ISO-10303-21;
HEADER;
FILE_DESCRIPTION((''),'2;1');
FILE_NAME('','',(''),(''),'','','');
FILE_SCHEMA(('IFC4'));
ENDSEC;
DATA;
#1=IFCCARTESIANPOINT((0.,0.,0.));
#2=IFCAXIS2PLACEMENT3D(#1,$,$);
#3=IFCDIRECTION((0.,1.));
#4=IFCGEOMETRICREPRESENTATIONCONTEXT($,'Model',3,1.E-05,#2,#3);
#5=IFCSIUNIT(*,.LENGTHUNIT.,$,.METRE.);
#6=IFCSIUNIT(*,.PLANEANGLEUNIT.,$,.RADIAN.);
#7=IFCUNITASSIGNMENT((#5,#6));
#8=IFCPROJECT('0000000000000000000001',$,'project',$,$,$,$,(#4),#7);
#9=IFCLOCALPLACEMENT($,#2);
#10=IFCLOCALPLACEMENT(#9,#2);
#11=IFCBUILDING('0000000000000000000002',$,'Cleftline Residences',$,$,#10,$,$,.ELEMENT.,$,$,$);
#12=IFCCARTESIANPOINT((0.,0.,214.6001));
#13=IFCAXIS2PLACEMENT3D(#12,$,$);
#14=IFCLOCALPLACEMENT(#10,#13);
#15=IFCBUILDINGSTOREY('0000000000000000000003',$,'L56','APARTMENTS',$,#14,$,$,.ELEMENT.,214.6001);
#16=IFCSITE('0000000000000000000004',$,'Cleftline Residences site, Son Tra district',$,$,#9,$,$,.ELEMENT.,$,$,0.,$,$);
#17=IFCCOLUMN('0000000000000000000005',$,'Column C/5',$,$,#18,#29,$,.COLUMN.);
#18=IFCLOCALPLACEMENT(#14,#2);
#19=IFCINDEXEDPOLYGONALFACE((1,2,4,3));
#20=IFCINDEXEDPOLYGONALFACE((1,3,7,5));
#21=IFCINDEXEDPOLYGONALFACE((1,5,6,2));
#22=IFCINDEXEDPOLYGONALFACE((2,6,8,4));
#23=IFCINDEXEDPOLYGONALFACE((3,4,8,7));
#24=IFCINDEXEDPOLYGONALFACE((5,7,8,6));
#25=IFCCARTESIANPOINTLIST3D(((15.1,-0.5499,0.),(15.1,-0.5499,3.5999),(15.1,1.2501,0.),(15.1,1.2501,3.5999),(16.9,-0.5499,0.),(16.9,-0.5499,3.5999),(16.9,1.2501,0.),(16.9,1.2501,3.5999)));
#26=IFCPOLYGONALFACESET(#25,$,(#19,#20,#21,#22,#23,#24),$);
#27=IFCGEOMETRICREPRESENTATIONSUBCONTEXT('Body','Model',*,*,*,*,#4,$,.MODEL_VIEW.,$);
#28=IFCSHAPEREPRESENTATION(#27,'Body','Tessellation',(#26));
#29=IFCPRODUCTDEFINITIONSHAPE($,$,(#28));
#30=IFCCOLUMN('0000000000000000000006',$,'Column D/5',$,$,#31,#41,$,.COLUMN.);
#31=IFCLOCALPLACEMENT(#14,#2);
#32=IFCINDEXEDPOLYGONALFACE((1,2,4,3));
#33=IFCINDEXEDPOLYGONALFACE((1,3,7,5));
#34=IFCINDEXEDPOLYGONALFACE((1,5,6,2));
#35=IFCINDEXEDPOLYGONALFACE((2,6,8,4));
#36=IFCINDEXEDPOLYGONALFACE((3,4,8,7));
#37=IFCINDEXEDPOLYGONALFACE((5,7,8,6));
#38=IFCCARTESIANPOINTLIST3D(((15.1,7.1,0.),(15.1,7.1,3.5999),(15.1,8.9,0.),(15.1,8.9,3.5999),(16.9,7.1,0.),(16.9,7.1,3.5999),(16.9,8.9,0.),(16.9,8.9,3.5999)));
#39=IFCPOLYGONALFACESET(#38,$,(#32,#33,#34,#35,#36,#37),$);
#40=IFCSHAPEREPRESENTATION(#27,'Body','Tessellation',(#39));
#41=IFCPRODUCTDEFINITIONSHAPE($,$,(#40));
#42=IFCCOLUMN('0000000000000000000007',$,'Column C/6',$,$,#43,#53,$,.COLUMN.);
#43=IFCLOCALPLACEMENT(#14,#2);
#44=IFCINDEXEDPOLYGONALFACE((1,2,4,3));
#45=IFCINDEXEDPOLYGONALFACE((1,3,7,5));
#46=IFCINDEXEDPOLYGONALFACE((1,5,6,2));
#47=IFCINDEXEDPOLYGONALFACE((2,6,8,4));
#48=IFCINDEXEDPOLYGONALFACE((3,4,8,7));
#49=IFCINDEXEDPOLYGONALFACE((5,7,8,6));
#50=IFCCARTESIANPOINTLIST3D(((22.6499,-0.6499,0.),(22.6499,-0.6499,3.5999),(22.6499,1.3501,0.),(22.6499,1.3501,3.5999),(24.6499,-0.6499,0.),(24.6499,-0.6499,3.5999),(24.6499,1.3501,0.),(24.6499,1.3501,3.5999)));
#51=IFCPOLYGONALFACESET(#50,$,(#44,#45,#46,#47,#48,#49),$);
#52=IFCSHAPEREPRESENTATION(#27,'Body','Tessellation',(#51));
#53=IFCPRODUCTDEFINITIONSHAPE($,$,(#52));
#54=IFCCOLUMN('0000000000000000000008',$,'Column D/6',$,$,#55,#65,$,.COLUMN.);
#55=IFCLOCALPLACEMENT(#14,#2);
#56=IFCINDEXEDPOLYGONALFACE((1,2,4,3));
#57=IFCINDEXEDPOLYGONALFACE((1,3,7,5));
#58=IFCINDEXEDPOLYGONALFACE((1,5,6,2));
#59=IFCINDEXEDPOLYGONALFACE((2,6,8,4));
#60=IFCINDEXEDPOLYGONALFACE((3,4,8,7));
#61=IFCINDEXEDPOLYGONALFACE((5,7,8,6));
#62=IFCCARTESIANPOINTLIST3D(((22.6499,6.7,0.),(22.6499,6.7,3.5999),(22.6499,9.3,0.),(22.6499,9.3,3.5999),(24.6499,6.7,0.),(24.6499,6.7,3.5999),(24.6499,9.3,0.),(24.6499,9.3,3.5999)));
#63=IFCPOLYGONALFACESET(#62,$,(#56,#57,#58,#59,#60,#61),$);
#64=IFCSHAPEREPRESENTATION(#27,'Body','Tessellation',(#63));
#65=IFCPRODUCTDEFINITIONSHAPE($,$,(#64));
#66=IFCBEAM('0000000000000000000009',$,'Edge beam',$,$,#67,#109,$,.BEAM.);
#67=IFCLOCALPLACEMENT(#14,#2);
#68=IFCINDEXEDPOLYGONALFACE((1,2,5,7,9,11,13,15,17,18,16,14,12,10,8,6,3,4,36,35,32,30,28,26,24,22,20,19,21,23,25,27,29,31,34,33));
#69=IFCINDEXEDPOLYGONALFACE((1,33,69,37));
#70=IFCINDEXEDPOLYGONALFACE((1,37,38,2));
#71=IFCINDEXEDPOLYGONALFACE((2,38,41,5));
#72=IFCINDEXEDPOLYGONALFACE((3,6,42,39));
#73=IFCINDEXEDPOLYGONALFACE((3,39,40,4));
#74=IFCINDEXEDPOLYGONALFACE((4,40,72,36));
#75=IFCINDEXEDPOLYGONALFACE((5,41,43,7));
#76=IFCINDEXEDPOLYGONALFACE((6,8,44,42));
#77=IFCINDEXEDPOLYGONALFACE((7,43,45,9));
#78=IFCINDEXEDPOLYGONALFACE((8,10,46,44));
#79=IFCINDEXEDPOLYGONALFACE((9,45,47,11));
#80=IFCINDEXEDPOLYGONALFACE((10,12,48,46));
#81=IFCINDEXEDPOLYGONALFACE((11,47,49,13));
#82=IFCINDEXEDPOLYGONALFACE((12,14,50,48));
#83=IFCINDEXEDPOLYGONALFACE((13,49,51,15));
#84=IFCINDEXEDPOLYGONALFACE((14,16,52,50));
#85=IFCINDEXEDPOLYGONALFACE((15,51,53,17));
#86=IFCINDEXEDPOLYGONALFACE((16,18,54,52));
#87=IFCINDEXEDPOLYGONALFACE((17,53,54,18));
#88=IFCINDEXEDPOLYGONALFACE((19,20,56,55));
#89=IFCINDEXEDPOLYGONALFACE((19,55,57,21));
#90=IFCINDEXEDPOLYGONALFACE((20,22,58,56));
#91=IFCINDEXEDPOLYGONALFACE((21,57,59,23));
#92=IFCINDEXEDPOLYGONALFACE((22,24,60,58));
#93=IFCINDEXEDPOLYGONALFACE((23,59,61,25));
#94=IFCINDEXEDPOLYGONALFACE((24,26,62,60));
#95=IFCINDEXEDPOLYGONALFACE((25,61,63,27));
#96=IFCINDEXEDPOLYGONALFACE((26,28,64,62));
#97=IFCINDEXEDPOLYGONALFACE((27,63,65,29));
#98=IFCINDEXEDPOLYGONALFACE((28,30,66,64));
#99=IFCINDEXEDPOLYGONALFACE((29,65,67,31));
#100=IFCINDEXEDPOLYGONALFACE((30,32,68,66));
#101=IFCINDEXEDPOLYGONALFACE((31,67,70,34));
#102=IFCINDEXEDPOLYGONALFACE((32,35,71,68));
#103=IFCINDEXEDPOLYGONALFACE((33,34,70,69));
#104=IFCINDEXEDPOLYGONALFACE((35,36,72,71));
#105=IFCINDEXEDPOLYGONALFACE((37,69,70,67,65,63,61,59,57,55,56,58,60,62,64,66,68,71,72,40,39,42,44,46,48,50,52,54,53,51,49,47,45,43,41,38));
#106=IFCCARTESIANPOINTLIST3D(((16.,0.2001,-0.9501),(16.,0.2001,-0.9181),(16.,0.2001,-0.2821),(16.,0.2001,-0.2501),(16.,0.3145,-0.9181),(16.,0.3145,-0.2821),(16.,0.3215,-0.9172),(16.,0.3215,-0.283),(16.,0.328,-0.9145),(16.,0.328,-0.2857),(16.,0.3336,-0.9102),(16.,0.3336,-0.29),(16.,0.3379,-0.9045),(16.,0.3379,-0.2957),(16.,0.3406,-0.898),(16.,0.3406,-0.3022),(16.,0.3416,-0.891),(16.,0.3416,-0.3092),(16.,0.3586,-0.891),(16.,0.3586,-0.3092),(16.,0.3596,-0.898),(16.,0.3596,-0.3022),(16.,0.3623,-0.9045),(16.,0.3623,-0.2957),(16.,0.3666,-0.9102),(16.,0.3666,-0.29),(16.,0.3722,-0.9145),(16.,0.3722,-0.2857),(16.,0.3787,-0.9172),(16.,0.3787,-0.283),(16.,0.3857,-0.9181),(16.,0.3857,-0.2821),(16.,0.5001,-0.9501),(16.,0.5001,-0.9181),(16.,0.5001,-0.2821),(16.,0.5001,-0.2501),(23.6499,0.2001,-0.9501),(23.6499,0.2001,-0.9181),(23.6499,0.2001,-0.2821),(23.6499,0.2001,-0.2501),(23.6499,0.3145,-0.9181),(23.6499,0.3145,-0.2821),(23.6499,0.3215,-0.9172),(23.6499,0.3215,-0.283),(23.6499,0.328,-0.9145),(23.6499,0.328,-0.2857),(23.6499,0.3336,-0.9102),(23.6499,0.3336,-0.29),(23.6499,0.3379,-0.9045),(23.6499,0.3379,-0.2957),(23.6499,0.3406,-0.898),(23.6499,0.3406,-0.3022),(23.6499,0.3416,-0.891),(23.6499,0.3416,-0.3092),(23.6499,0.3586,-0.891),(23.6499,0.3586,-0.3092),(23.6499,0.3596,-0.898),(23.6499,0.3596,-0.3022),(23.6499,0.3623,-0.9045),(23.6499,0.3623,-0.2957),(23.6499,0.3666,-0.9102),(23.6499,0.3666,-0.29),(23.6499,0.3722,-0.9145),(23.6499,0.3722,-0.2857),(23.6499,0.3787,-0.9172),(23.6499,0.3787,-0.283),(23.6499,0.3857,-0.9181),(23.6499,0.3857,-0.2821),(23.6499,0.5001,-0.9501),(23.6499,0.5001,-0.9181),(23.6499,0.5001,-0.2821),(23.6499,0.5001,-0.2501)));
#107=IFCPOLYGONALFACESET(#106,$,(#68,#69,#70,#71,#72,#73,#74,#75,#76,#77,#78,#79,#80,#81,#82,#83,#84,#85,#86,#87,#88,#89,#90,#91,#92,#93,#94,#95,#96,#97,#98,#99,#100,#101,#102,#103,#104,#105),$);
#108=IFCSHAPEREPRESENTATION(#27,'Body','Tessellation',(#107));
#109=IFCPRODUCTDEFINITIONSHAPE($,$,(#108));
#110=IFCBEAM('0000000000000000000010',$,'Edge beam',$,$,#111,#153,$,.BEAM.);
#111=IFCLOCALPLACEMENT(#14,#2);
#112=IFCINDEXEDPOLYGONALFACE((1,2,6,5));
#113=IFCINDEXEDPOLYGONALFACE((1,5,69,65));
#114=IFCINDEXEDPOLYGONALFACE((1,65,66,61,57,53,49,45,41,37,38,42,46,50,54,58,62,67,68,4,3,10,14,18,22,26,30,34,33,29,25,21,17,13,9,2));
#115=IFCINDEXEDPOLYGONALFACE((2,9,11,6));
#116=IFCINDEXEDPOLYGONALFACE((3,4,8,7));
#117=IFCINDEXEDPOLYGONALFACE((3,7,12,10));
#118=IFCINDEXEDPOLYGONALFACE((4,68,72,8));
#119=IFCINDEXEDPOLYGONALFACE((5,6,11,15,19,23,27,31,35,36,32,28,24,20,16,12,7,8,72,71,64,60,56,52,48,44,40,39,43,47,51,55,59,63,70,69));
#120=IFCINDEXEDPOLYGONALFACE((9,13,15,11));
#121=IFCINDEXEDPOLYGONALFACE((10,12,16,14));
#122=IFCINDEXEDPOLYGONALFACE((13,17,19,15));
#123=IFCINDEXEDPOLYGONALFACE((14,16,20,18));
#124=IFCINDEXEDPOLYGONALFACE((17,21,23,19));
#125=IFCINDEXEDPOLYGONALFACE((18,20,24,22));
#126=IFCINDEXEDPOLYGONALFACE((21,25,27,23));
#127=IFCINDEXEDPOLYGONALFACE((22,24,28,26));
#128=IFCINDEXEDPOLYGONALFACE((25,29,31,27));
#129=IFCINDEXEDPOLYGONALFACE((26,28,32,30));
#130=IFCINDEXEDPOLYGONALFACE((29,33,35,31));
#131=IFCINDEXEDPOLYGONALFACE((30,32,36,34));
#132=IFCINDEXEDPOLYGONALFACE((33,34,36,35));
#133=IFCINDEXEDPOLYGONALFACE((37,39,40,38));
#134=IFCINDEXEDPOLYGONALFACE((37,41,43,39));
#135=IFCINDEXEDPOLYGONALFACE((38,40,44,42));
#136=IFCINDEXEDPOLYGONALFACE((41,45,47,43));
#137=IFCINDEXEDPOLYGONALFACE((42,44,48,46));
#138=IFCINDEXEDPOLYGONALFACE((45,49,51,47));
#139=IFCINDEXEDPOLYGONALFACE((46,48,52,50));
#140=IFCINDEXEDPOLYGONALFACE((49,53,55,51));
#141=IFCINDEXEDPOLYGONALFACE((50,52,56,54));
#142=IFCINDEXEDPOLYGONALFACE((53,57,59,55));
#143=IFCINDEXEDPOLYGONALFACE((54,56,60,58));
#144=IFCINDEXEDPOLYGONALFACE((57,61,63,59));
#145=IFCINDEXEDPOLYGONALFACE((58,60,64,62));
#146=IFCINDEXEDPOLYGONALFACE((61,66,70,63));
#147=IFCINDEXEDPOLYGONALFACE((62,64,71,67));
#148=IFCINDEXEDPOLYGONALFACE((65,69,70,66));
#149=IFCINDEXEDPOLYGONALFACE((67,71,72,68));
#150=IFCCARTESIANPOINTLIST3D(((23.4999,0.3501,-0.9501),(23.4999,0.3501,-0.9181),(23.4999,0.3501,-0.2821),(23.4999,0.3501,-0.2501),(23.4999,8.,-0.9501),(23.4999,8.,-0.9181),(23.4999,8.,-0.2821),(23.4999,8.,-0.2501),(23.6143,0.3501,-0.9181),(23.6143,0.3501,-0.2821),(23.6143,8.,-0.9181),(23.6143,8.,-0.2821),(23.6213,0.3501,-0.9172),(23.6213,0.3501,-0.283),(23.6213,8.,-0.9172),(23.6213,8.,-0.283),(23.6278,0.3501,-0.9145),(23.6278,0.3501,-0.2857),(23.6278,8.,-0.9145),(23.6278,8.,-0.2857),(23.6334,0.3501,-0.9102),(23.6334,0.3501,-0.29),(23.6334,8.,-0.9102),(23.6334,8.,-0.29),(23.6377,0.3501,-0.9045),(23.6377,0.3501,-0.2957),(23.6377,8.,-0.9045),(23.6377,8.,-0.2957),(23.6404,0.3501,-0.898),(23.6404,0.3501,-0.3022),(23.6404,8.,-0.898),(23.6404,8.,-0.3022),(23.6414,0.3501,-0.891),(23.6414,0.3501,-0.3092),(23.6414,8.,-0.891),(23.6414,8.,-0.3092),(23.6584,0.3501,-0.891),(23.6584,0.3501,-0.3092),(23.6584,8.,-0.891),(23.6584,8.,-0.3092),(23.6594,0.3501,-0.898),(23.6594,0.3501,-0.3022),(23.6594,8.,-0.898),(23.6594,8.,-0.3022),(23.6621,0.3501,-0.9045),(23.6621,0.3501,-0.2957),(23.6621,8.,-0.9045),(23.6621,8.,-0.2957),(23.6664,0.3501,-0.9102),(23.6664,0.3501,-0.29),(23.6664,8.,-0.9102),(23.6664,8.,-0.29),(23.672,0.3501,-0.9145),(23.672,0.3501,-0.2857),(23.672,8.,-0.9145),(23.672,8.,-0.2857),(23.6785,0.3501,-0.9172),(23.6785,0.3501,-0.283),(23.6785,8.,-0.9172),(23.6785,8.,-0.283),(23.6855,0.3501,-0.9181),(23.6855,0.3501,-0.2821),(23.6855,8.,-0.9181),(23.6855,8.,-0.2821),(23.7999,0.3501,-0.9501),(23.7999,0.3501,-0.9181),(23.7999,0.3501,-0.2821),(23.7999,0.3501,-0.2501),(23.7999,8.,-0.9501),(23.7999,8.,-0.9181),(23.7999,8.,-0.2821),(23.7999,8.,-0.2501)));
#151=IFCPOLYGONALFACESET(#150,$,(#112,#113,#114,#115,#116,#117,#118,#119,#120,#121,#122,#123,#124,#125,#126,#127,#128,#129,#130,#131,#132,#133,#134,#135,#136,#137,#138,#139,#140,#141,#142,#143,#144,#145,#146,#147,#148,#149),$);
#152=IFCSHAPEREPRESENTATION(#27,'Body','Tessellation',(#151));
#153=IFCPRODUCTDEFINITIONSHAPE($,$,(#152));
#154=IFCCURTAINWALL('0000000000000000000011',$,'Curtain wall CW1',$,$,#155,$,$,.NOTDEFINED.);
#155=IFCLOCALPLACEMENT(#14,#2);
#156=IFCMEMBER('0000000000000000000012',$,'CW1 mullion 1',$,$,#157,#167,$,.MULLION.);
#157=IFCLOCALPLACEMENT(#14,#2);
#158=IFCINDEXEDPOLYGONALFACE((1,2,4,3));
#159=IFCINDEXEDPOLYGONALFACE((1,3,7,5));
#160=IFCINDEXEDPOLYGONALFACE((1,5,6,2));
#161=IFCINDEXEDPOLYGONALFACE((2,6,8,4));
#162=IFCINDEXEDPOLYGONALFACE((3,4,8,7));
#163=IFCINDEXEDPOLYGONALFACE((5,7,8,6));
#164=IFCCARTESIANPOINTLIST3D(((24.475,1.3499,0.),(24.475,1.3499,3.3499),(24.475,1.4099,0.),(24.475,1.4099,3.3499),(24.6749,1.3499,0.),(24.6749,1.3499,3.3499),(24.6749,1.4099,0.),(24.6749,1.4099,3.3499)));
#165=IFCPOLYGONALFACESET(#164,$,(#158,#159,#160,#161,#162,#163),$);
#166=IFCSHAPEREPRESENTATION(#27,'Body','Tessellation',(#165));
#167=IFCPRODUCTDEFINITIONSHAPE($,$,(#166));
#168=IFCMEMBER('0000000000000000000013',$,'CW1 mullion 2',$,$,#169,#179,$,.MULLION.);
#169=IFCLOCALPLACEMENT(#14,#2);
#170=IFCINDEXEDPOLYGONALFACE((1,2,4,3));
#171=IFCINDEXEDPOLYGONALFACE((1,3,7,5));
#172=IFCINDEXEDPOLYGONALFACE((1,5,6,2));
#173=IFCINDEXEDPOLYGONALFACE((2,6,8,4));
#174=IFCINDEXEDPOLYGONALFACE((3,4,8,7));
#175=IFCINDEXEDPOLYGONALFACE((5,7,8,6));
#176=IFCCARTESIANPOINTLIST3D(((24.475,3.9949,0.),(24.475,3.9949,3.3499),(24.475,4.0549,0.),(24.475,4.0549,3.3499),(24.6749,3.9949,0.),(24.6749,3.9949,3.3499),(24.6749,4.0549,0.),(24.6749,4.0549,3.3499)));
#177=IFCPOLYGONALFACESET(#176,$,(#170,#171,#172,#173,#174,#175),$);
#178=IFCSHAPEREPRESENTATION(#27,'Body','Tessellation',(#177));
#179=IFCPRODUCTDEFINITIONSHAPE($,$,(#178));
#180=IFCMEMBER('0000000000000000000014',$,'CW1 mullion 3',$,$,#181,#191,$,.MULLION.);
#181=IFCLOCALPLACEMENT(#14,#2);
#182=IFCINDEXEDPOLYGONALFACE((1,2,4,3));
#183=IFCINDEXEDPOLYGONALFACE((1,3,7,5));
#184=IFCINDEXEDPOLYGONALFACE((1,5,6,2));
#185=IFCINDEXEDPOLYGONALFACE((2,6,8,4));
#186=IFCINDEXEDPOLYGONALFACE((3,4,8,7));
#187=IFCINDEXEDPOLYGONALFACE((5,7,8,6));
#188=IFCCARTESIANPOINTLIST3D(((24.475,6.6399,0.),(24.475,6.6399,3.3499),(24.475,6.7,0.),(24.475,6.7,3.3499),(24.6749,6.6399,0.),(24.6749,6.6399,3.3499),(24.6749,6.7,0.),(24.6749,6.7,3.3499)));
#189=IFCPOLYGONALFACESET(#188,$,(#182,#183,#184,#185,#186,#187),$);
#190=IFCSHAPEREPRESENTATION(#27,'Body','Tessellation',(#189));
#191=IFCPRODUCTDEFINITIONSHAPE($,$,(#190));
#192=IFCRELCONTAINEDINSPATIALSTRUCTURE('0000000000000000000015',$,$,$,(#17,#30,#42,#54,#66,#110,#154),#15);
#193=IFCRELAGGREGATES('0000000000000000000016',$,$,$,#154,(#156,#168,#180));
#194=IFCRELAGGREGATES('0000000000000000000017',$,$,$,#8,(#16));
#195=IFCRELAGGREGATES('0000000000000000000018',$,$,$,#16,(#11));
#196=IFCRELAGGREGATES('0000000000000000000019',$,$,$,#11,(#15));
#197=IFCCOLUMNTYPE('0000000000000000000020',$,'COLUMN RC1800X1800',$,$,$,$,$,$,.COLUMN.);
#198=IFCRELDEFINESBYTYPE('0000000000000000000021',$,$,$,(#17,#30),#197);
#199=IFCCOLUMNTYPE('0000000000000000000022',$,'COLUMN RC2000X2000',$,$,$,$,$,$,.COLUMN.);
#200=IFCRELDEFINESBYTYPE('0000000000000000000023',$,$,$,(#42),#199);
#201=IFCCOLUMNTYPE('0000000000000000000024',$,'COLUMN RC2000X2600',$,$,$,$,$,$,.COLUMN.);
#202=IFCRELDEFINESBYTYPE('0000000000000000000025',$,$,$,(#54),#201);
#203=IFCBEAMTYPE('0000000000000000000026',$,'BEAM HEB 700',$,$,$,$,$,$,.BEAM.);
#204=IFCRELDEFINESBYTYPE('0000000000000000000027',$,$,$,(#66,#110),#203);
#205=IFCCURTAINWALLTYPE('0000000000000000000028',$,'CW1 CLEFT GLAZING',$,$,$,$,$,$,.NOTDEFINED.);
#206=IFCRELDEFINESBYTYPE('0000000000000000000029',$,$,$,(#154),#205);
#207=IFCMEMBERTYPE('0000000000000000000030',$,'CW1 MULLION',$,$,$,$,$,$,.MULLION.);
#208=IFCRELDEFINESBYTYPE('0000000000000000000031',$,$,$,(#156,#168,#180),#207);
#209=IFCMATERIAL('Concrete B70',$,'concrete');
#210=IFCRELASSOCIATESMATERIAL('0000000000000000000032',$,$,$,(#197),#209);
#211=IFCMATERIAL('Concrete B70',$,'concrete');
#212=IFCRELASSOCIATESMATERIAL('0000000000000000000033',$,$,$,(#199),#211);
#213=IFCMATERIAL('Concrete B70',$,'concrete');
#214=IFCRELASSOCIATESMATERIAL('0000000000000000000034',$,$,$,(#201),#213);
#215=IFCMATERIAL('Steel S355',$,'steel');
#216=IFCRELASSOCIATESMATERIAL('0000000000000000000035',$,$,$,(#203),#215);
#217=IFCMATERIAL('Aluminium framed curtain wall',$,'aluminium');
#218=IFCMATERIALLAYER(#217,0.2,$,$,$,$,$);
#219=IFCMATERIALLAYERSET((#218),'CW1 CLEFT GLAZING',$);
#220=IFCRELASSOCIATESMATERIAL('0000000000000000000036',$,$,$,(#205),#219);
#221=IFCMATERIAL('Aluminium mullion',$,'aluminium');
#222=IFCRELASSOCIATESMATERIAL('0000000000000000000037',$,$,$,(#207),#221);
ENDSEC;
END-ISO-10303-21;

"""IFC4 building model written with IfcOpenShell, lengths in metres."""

from ifc_helpers import new_model, si_unit, direction, frame, origin, origin_2d, place, context, subcontext, project, spatial, rectangle, i_section, extrude, material, layer, layer_set, material_profile, profile_set, type_object, element, aggregate, save


model = new_model("IFC4")

# Units and contexts
model_context = context("Model", 3, precision=1e-05, world=origin(), true_north=direction((0.0, 1.0)))
body_context = subcontext(model_context, "Body", "Model", "MODEL_VIEW")
ifc_project = project(units=[si_unit("LENGTHUNIT", "METRE"), si_unit("PLANEANGLEUNIT", "RADIAN")], contexts=[model_context])

# Site, building, storey
site_placement = place(None, origin())
site = spatial("IfcSite", under=ifc_project, at=site_placement, Name="Cleftline Residences site, Son Tra district", CompositionType="ELEMENT", RefElevation=0.0)
building_placement = place(site_placement, origin())
building = spatial("IfcBuilding", under=site, at=building_placement, Name="Cleftline Residences", CompositionType="ELEMENT")
storey_placement = place(building_placement, frame((0.0, 0.0, 214.6001)))
storey = spatial("IfcBuildingStorey", under=building, at=storey_placement, Name="L56", Description="APARTMENTS", CompositionType="ELEMENT", Elevation=214.6001)

# Columns
ifc_material_1 = material(Name="Concrete B70", Category="concrete")
ifc_material_profile_1 = material_profile(ifc_material_1, rectangle(XDim=1.8, YDim=1.8, at=origin_2d()))
ifc_profile_set_1 = profile_set([ifc_material_profile_1], Name="Concrete B70")
column_type_1 = type_object("IfcColumnType", Name="COLUMN RC1800X1800", PredefinedType="COLUMN", material=ifc_profile_set_1)
for number, where, z_axis, x_axis, name in (
    (1, (16.0, 0.3501, 0.0), (0.0, 0.0, 1.0), (1.0, 0.0, 0.0), "Column C/5"),
    (2, (16.0, 8.0, 0.0), (0.0, 0.0, 1.0), (1.0, 0.0, 0.0), "Column D/5"),
):
    element("IfcColumn", number, at=place(storey_placement, frame(where, z_axis=z_axis, x_axis=x_axis)), inside=storey, type_object=column_type_1, Name=name, PredefinedType="COLUMN", context=body_context, shape_type="SweptSolid", body=[
        extrude(rectangle(XDim=1.8, YDim=1.8, at=origin_2d()), origin(), (0.0, 0.0, 1.0), 3.5999),
    ])
ifc_material_2 = material(Name="Concrete B70", Category="concrete")
ifc_material_profile_2 = material_profile(ifc_material_2, rectangle(XDim=2.0, YDim=2.0, at=origin_2d()))
ifc_profile_set_2 = profile_set([ifc_material_profile_2], Name="Concrete B70")
column_type_2 = type_object("IfcColumnType", Name="COLUMN RC2000X2000", PredefinedType="COLUMN", material=ifc_profile_set_2)
column_1_placement = place(storey_placement, frame((23.6499, 0.3501, 0.0), z_axis=(0.0, 0.0, 1.0), x_axis=(1.0, 0.0, 0.0)))
element("IfcColumn", 3, at=column_1_placement, inside=storey, type_object=column_type_2, Name="Column C/6", PredefinedType="COLUMN", context=body_context, shape_type="SweptSolid", body=[
    extrude(rectangle(XDim=2.0, YDim=2.0, at=origin_2d()), origin(), (0.0, 0.0, 1.0), 3.5999),
])
ifc_material_3 = material(Name="Concrete B70", Category="concrete")
ifc_material_profile_3 = material_profile(ifc_material_3, rectangle(XDim=2.0, YDim=2.6001, at=origin_2d()))
ifc_profile_set_3 = profile_set([ifc_material_profile_3], Name="Concrete B70")
column_type_3 = type_object("IfcColumnType", Name="COLUMN RC2000X2600", PredefinedType="COLUMN", material=ifc_profile_set_3)
column_2_placement = place(storey_placement, frame((23.6499, 8.0, 0.0), z_axis=(0.0, 0.0, 1.0), x_axis=(1.0, 0.0, 0.0)))
element("IfcColumn", 4, at=column_2_placement, inside=storey, type_object=column_type_3, Name="Column D/6", PredefinedType="COLUMN", context=body_context, shape_type="SweptSolid", body=[
    extrude(rectangle(XDim=2.0, YDim=2.6001, at=origin_2d()), origin(), (0.0, 0.0, 1.0), 3.5999),
])

# Beams
ifc_material_4 = material(Name="Steel S355", Category="steel")
ifc_material_profile_4 = material_profile(ifc_material_4, i_section(OverallWidth=0.3, OverallDepth=0.7, WebThickness=0.0171, FlangeThickness=0.032, FilletRadius=0.0271, at=origin_2d()))
ifc_profile_set_4 = profile_set([ifc_material_profile_4], Name="Steel S355")
beam_type = type_object("IfcBeamType", Name="BEAM HEB 700", PredefinedType="BEAM", material=ifc_profile_set_4)
for number, where, z_axis, x_axis, name in (
    (5, (16.0, 0.3501, -0.6001), (1.0, 0.0, 0.0), (0.0, 1.0, 0.0), "Edge beam"),
    (6, (23.6499, 0.3501, -0.6001), (0.0, 1.0, 0.0), (-1.0, 0.0, 0.0), "Edge beam"),
):
    element("IfcBeam", number, at=place(storey_placement, frame(where, z_axis=z_axis, x_axis=x_axis)), inside=storey, type_object=beam_type, Name=name, PredefinedType="BEAM", context=body_context, shape_type="SweptSolid", body=[
        extrude(i_section(OverallWidth=0.3, OverallDepth=0.7, WebThickness=0.0171, FlangeThickness=0.032, FilletRadius=0.0271, at=origin_2d()), origin(), (0.0, 0.0, 1.0), 7.6499),
    ])

# Curtain wall, members
ifc_material_5 = material(Name="Aluminium framed curtain wall", Category="aluminium")
ifc_layer_1 = layer(ifc_material_5, 0.2)
ifc_layer_set_1 = layer_set([ifc_layer_1], Name="CW1 CLEFT GLAZING")
curtain_wall_type = type_object("IfcCurtainWallType", Name="CW1 CLEFT GLAZING", PredefinedType="NOTDEFINED", material=ifc_layer_set_1)
curtain_wall_1_placement = place(storey_placement, origin())
curtain_wall_1 = element("IfcCurtainWall", 7, at=curtain_wall_1_placement, inside=storey, type_object=curtain_wall_type, Name="Curtain wall CW1", PredefinedType="NOTDEFINED")
ifc_material_6 = material(Name="Aluminium mullion", Category="aluminium")
ifc_material_profile_5 = material_profile(ifc_material_6, rectangle(XDim=0.2, YDim=0.0601, at=origin_2d()))
ifc_profile_set_5 = profile_set([ifc_material_profile_5], Name="Aluminium mullion")
member_type_1 = type_object("IfcMemberType", Name="CW1 MULLION", PredefinedType="MULLION", material=ifc_profile_set_5)
member_1_placement = place(storey_placement, frame((24.575, 1.3799, 0.0), z_axis=(0.0, 0.0, 1.0), x_axis=(-1.0, 0.0, 0.0)))
member_1 = element("IfcMember", 8, at=member_1_placement, type_object=member_type_1, Name="CW1 mullion 1", PredefinedType="MULLION", context=body_context, shape_type="SweptSolid", body=[
    extrude(rectangle(XDim=0.2, YDim=0.0601, at=origin_2d()), origin(), (0.0, 0.0, 1.0), 3.3499),
])
member_2_placement = place(storey_placement, frame((24.575, 4.0249, 0.0), z_axis=(0.0, 0.0, 1.0), x_axis=(-1.0, 0.0, 0.0)))
member_2 = element("IfcMember", 9, at=member_2_placement, type_object=member_type_1, Name="CW1 mullion 2", PredefinedType="MULLION", context=body_context, shape_type="SweptSolid", body=[
    extrude(rectangle(XDim=0.2, YDim=0.0601, at=origin_2d()), origin(), (0.0, 0.0, 1.0), 3.3499),
])
member_3_placement = place(storey_placement, frame((24.575, 6.6699, 0.0), z_axis=(0.0, 0.0, 1.0), x_axis=(-1.0, 0.0, 0.0)))
member_3 = element("IfcMember", 10, at=member_3_placement, type_object=member_type_1, Name="CW1 mullion 3", PredefinedType="MULLION", context=body_context, shape_type="SweptSolid", body=[
    extrude(rectangle(XDim=0.2, YDim=0.0601, at=origin_2d()), origin(), (0.0, 0.0, 1.0), 3.3499),
])

aggregate(curtain_wall_1, [member_1, member_2, member_3])

save(model, "model.ifc")
